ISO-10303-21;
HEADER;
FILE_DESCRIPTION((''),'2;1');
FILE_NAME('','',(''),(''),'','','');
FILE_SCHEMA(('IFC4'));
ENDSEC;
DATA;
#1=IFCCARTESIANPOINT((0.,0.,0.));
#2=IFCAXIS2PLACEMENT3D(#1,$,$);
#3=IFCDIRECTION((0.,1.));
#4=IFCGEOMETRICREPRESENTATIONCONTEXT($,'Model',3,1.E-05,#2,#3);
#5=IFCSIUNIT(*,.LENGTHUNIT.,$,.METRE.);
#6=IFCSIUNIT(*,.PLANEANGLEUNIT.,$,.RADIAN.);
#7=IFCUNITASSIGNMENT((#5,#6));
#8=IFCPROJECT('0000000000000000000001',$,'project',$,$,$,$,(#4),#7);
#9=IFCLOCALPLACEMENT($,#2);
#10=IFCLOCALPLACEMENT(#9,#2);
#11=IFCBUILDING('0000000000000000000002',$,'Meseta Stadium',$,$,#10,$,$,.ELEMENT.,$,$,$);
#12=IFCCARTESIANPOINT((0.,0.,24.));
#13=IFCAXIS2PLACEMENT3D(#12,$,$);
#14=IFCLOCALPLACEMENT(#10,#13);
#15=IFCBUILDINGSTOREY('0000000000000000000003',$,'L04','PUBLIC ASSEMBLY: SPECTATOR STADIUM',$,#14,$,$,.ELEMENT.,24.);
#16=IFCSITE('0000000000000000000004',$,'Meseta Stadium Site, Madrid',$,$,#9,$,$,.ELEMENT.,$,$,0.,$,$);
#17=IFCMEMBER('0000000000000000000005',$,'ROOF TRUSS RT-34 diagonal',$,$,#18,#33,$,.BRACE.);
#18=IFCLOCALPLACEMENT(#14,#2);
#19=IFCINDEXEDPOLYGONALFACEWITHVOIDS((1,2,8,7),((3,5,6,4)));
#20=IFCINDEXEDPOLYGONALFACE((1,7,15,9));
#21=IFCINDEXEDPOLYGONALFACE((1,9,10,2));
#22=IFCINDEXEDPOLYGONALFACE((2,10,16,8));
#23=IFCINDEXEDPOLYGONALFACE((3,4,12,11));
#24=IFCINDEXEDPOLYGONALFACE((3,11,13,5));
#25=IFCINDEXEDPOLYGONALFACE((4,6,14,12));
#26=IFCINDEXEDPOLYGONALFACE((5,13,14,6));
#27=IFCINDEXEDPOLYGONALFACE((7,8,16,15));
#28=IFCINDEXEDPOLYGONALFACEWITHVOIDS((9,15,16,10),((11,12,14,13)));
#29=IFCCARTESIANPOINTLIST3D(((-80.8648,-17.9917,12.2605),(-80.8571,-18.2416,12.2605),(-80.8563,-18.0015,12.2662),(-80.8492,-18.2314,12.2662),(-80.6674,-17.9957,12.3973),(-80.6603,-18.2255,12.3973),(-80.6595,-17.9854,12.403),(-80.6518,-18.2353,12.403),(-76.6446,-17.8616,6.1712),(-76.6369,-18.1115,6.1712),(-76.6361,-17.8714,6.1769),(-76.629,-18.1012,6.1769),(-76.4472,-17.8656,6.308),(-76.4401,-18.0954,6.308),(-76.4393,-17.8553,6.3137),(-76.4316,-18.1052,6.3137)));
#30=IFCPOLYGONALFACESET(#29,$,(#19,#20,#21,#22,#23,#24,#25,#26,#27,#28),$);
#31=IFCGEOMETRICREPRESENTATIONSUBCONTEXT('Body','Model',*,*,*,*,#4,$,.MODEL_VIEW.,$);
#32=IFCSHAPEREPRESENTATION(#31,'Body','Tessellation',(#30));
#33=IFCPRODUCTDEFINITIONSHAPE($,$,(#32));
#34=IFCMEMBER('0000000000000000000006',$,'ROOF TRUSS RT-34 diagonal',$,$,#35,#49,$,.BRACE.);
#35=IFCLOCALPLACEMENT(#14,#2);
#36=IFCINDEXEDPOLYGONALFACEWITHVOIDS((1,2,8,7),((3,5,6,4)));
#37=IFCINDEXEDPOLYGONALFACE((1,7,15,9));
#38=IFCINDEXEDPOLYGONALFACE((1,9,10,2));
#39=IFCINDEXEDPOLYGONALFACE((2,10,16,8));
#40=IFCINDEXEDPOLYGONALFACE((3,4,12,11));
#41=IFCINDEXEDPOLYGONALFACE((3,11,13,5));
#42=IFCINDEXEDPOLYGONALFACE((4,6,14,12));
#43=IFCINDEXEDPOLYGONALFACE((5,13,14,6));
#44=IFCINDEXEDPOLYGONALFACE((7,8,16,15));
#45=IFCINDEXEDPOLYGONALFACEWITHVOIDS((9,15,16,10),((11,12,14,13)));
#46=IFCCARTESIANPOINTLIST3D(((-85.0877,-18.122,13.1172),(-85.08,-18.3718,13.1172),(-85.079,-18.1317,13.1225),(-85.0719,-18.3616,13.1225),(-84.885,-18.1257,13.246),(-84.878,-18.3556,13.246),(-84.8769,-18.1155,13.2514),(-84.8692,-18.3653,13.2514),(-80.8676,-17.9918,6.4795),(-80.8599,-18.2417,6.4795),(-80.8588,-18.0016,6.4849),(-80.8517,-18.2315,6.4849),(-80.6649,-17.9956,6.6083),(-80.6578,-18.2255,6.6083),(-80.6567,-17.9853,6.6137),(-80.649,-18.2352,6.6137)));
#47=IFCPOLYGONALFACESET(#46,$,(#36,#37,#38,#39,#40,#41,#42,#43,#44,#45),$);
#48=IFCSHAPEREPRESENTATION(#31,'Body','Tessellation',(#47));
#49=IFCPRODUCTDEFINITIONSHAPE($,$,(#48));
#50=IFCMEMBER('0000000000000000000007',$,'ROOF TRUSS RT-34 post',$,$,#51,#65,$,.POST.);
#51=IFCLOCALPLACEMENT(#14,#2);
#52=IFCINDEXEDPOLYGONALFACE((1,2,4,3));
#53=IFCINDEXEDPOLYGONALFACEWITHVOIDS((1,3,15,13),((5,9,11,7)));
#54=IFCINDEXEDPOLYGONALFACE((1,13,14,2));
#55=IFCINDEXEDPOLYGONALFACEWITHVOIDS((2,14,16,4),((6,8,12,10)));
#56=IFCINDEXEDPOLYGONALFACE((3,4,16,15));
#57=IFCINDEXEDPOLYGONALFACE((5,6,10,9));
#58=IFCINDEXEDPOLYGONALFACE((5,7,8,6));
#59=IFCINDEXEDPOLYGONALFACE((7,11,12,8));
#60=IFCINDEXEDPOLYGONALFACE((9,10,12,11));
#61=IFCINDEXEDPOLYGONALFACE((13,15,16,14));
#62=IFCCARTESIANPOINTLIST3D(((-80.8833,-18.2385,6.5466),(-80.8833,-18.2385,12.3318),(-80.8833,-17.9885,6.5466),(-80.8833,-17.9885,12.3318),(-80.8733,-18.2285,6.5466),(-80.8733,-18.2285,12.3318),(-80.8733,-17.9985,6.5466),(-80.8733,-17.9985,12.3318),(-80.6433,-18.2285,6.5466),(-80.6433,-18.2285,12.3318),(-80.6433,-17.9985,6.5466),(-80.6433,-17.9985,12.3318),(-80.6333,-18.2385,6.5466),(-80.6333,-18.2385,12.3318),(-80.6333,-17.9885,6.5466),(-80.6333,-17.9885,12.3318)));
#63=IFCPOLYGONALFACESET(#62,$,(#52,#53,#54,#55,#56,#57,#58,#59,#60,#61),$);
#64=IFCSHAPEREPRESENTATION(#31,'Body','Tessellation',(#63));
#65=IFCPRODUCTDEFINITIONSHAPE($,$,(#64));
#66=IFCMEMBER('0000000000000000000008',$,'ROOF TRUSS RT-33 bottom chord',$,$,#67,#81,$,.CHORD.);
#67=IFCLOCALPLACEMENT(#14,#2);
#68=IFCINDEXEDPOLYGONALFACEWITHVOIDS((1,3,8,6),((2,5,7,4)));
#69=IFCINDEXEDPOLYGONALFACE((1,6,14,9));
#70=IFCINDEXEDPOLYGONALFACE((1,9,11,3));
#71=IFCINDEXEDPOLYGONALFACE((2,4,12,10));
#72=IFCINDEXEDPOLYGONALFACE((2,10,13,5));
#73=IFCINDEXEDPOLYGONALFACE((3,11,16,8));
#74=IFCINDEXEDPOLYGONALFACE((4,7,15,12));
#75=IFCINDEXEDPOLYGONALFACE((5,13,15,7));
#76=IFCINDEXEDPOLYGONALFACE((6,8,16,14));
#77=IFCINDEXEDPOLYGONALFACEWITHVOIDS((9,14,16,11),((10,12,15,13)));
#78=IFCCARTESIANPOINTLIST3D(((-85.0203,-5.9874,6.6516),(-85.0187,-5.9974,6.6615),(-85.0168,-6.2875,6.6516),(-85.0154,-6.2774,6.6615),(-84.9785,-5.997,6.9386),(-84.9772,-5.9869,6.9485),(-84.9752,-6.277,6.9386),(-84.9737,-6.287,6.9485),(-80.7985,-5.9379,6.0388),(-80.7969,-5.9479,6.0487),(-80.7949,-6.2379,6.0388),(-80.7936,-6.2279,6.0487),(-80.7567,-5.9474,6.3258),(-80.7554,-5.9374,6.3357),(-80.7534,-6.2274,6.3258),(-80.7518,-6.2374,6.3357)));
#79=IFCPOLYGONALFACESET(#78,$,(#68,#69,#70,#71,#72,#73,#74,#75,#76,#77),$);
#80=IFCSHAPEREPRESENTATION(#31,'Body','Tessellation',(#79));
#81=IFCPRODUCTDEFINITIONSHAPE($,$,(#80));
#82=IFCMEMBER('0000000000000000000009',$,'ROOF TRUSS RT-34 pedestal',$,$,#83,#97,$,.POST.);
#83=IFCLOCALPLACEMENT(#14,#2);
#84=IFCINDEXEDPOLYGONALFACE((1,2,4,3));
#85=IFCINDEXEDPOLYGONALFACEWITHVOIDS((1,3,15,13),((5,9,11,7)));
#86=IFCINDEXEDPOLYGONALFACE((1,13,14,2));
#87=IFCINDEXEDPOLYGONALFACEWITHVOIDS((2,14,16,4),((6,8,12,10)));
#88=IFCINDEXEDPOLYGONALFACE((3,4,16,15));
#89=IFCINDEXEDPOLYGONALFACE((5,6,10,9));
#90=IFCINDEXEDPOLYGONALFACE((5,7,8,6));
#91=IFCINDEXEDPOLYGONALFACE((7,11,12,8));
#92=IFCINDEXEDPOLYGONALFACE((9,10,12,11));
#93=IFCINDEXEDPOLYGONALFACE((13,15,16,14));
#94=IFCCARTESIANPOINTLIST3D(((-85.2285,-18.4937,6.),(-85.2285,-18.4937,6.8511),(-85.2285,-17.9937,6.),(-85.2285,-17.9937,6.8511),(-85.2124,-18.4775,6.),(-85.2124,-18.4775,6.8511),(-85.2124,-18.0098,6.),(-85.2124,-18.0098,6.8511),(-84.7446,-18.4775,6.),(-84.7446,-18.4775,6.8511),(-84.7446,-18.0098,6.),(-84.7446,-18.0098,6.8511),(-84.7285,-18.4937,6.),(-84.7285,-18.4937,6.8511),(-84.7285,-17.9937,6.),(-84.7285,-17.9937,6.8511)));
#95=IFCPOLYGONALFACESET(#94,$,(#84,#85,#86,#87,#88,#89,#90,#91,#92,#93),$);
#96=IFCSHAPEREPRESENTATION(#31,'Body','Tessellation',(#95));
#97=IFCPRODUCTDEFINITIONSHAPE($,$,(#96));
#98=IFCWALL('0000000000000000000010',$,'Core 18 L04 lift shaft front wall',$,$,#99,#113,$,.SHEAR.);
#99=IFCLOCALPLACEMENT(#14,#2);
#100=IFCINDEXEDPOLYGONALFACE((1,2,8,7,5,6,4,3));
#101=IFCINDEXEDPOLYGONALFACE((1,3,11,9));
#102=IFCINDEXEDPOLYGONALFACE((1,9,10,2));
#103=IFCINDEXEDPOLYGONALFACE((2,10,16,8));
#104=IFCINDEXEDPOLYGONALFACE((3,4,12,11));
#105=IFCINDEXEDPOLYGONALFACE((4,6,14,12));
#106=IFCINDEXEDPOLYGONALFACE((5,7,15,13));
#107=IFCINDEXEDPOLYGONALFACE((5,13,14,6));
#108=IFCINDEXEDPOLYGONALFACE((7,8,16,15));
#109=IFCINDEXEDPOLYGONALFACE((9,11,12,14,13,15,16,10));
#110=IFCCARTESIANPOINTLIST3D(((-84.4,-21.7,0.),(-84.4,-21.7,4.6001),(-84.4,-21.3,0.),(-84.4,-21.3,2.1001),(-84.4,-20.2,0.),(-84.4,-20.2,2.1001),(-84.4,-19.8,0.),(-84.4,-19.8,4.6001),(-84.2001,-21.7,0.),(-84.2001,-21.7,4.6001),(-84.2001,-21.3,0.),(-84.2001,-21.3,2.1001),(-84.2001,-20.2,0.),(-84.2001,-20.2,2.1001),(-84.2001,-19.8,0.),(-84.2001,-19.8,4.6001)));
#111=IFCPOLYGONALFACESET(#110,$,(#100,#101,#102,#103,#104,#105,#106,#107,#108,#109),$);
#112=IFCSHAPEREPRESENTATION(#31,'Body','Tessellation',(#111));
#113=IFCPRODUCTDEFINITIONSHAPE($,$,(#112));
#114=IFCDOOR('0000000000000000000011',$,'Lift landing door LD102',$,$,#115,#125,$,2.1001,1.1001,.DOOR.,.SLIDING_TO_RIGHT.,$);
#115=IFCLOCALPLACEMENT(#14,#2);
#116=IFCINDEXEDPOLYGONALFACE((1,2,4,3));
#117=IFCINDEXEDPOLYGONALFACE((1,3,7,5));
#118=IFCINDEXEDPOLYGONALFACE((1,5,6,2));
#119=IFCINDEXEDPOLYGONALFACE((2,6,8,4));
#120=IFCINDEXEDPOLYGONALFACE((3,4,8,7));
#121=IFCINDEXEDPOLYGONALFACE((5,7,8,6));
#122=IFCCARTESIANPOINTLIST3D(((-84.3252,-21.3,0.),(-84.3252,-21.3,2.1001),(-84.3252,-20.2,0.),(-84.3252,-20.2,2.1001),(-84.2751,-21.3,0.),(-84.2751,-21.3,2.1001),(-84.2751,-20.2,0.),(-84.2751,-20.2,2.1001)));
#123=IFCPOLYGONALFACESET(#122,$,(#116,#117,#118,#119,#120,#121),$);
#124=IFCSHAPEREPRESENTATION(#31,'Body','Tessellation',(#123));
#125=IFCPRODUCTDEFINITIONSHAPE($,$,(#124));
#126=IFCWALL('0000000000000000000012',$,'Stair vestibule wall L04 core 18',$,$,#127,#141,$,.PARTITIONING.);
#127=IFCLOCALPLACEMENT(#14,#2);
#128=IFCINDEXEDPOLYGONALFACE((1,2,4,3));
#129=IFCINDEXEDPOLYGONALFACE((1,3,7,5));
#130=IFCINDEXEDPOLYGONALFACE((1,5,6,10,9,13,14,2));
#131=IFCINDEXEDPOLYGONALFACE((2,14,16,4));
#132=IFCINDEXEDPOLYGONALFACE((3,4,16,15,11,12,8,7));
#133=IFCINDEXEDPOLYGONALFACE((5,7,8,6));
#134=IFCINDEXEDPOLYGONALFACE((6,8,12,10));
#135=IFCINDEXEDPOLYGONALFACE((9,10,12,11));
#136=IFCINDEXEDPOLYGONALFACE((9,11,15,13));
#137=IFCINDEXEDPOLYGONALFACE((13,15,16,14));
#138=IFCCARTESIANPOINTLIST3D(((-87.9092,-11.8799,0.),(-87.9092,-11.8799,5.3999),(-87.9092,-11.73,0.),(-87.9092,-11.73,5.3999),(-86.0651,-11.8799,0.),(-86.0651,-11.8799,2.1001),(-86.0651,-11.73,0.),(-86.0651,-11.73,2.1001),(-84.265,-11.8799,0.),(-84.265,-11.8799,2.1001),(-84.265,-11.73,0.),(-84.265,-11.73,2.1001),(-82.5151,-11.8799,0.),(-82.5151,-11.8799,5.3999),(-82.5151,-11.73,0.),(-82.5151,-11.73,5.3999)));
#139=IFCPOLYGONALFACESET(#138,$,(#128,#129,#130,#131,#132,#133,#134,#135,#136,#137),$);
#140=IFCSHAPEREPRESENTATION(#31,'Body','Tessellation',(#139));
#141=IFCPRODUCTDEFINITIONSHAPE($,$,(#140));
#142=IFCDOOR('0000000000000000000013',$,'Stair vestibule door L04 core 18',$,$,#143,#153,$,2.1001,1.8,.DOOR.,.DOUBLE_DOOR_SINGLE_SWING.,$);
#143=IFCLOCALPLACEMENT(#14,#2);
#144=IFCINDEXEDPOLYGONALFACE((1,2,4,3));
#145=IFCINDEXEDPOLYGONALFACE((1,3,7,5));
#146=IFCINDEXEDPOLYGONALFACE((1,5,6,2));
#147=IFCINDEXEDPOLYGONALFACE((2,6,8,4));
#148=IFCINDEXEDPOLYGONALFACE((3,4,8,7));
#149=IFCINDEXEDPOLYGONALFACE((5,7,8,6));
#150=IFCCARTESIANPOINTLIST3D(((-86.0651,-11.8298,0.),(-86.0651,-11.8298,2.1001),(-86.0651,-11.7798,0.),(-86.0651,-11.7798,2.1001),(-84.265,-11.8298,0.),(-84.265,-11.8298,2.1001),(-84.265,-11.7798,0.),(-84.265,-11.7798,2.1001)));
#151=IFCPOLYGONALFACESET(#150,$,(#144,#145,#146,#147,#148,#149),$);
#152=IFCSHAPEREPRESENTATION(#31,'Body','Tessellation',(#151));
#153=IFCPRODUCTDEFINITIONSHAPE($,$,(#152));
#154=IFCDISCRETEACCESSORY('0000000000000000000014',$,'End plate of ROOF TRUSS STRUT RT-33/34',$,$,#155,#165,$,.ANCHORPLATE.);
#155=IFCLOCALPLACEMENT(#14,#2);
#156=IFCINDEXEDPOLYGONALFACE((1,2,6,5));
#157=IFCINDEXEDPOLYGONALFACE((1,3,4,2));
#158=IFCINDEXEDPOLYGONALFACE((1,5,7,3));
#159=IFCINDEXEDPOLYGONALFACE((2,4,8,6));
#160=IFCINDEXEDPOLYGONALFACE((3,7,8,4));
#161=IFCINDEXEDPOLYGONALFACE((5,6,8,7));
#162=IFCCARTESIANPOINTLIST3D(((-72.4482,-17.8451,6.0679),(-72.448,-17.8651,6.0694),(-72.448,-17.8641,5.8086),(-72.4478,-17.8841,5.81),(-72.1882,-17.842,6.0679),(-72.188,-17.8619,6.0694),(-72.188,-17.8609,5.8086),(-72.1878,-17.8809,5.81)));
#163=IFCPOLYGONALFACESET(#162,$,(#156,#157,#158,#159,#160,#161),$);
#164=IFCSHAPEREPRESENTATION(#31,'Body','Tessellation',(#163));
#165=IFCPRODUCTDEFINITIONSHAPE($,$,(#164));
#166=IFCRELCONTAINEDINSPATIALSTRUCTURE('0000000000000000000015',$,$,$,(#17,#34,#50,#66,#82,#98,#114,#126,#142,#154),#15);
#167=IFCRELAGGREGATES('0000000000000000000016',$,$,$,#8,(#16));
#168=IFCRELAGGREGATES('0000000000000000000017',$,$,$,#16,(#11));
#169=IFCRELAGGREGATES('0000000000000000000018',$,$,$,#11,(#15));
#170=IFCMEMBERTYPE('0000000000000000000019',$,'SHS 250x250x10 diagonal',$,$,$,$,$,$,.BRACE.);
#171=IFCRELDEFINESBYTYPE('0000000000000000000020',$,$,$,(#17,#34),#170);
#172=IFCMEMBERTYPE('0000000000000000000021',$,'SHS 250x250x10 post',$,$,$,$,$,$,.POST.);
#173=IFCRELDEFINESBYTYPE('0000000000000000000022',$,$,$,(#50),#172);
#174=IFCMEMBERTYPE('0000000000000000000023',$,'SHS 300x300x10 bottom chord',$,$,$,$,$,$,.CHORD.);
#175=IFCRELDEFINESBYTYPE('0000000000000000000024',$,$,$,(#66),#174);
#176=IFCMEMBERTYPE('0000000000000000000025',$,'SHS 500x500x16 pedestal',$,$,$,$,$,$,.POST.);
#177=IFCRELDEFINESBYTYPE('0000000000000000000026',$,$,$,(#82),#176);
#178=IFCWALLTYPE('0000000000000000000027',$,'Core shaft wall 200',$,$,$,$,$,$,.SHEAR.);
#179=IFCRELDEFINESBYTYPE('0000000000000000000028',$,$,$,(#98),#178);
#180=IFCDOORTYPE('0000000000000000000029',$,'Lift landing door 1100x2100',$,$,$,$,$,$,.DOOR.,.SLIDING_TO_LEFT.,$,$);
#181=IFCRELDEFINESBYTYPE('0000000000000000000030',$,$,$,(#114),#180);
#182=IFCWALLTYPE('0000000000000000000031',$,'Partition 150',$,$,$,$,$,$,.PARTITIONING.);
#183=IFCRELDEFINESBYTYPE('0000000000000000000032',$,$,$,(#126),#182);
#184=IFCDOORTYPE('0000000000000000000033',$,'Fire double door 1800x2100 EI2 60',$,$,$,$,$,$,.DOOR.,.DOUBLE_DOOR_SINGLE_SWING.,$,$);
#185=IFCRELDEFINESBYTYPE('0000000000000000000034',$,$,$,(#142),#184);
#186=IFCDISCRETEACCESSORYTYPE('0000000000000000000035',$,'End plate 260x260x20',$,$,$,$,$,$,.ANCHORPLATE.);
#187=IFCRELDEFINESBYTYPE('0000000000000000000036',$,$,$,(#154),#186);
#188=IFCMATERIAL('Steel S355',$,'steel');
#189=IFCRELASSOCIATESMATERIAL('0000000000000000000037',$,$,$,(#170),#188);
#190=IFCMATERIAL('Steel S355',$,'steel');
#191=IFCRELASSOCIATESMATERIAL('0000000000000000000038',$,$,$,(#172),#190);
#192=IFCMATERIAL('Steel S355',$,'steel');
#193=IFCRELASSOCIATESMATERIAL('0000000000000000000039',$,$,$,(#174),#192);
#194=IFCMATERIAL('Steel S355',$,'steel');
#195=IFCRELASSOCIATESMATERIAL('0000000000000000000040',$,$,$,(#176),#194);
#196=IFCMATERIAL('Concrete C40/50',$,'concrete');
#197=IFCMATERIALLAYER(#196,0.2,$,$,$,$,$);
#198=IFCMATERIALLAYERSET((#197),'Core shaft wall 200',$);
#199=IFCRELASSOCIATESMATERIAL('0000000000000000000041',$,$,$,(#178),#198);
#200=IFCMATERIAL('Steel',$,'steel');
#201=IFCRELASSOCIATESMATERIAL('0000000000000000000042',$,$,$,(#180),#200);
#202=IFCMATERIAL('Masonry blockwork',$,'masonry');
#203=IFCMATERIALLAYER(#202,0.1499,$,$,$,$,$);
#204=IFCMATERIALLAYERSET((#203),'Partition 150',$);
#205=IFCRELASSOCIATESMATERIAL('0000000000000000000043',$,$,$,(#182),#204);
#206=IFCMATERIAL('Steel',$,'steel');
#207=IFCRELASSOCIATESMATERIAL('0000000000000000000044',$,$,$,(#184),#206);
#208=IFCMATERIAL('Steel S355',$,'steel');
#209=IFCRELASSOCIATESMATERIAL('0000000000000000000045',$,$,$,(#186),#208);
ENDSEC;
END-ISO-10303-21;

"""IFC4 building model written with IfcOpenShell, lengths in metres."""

from ifc_helpers import new_model, si_unit, direction, frame, frame_2d, origin, origin_2d, place, context, subcontext, project, spatial, rectangle, hollow_rectangle, extrude, material, layer, layer_set, material_profile, profile_set, type_object, element, fill, save


model = new_model("IFC4")

# Units and contexts
model_context = context("Model", 3, precision=1e-05, world=origin(), true_north=direction((0.0, 1.0)))
body_context = subcontext(model_context, "Body", "Model", "MODEL_VIEW")
ifc_project = project(units=[si_unit("LENGTHUNIT", "METRE"), si_unit("PLANEANGLEUNIT", "RADIAN")], contexts=[model_context])

# Site, building, storey
site_placement = place(None, origin())
site = spatial("IfcSite", under=ifc_project, at=site_placement, Name="Meseta Stadium Site, Madrid", CompositionType="ELEMENT", RefElevation=0.0)
building_placement = place(site_placement, origin())
building = spatial("IfcBuilding", under=site, at=building_placement, Name="Meseta Stadium", CompositionType="ELEMENT")
storey_placement = place(building_placement, frame((0.0, 0.0, 24.0)))
storey = spatial("IfcBuildingStorey", under=building, at=storey_placement, Name="L04", Description="PUBLIC ASSEMBLY: SPECTATOR STADIUM", CompositionType="ELEMENT", Elevation=24.0)

# Members
ifc_material_1 = material(Name="Steel S355", Category="steel")
ifc_material_profile_1 = material_profile(ifc_material_1, hollow_rectangle(XDim=0.25, YDim=0.25, WallThickness=0.01, at=origin_2d()), Name="SHS 250x250x10")
ifc_profile_set_1 = profile_set([ifc_material_profile_1], Name="Steel S355")
member_type_1 = type_object("IfcMemberType", Name="SHS 250x250x10 diagonal", PredefinedType="BRACE", material=ifc_profile_set_1)
member_1_placement = place(storey_placement, frame((-76.5381, -17.9834, 6.2424), z_axis=(-0.569533, -0.017561, 0.821781), x_axis=(0.03082, -0.999525, 0.0)))
element("IfcMember", 1, at=member_1_placement, inside=storey, type_object=member_type_1, Name="ROOF TRUSS RT-34 diagonal", PredefinedType="BRACE", context=body_context, shape_type="SweptSolid", body=[
    extrude(hollow_rectangle(XDim=0.25, YDim=0.25, WallThickness=0.01, at=origin_2d()), origin(), (0.0, 0.0, 1.0), 7.4099),
])
member_2_placement = place(storey_placement, frame((-80.7583, -18.1135, 6.5466), z_axis=(-0.536461, -0.016541, 0.843763), x_axis=(0.03082, -0.999525, 0.0)))
element("IfcMember", 2, at=member_2_placement, inside=storey, type_object=member_type_1, Name="ROOF TRUSS RT-34 diagonal", PredefinedType="BRACE", context=body_context, shape_type="SweptSolid", body=[
    extrude(hollow_rectangle(XDim=0.25, YDim=0.25, WallThickness=0.01, at=origin_2d()), origin(), (0.0, 0.0, 1.0), 7.8667),
])
ifc_material_2 = material(Name="Steel S355", Category="steel")
ifc_material_profile_2 = material_profile(ifc_material_2, hollow_rectangle(XDim=0.25, YDim=0.25, WallThickness=0.01, at=origin_2d()), Name="SHS 250x250x10")
ifc_profile_set_2 = profile_set([ifc_material_profile_2], Name="Steel S355")
member_type_2 = type_object("IfcMemberType", Name="SHS 250x250x10 post", PredefinedType="POST", material=ifc_profile_set_2)
member_3_placement = place(storey_placement, frame((-80.7583, -18.1135, 6.5466), z_axis=(0.0, 0.0, 1.0), x_axis=(1.0, 0.0, 0.0)))
element("IfcMember", 3, at=member_3_placement, inside=storey, type_object=member_type_2, Name="ROOF TRUSS RT-34 post", PredefinedType="POST", context=body_context, shape_type="SweptSolid", body=[
    extrude(hollow_rectangle(XDim=0.25, YDim=0.25, WallThickness=0.01, at=origin_2d()), origin(), (0.0, 0.0, 1.0), 5.7852),
])
ifc_material_3 = material(Name="Steel S355", Category="steel")
ifc_material_profile_3 = material_profile(ifc_material_3, hollow_rectangle(XDim=0.3, YDim=0.3, WallThickness=0.01, at=origin_2d()), Name="SHS 300x300x10")
ifc_profile_set_3 = profile_set([ifc_material_profile_3], Name="Steel S355")
member_type_3 = type_object("IfcMemberType", Name="SHS 300x300x10 bottom chord", PredefinedType="CHORD", material=ifc_profile_set_3)
member_4_placement = place(storey_placement, frame((-80.7751, -6.0876, 6.1873), z_axis=(-0.989563, -0.011616, 0.143631), x_axis=(0.011738, -0.999931, 0.0)))
element("IfcMember", 4, at=member_4_placement, inside=storey, type_object=member_type_3, Name="ROOF TRUSS RT-33 bottom chord", PredefinedType="CHORD", context=body_context, shape_type="SweptSolid", body=[
    extrude(hollow_rectangle(XDim=0.3, YDim=0.3, WallThickness=0.01, at=origin_2d()), origin(), (0.0, 0.0, 1.0), 4.2664),
])
ifc_material_4 = material(Name="Steel S355", Category="steel")
ifc_material_profile_4 = material_profile(ifc_material_4, hollow_rectangle(XDim=0.5, YDim=0.5, WallThickness=0.0161, at=origin_2d()), Name="SHS 500x500x16")
ifc_profile_set_4 = profile_set([ifc_material_profile_4], Name="Steel S355")
member_type_4 = type_object("IfcMemberType", Name="SHS 500x500x16 pedestal", PredefinedType="POST", material=ifc_profile_set_4)
member_5_placement = place(storey_placement, frame((-84.9785, -18.2437, 6.0), z_axis=(0.0, 0.0, 1.0), x_axis=(1.0, 0.0, 0.0)))
element("IfcMember", 5, at=member_5_placement, inside=storey, type_object=member_type_4, Name="ROOF TRUSS RT-34 pedestal", PredefinedType="POST", context=body_context, shape_type="SweptSolid", body=[
    extrude(hollow_rectangle(XDim=0.5, YDim=0.5, WallThickness=0.0161, at=origin_2d()), origin(), (0.0, 0.0, 1.0), 0.8511),
])

# Walls, openings, doors
ifc_material_5 = material(Name="Concrete C40/50", Category="concrete")
ifc_layer_1 = layer(ifc_material_5, 0.2)
ifc_layer_set_1 = layer_set([ifc_layer_1], Name="Core shaft wall 200")
wall_type_1 = type_object("IfcWallType", Name="Core shaft wall 200", PredefinedType="SHEAR", material=ifc_layer_set_1)
wall_1_placement = place(storey_placement, frame((-84.3, -19.8, 0.0), z_axis=(0.0, 0.0, 1.0), x_axis=(0.0, -1.0, 0.0)))
wall_1 = element("IfcWall", 6, at=wall_1_placement, inside=storey, type_object=wall_type_1, Name="Core 18 L04 lift shaft front wall", PredefinedType="SHEAR", context=body_context, shape_type="SweptSolid", body=[
    extrude(rectangle(XDim=1.8999, YDim=0.2, at=frame_2d((0.95, 0.0))), origin(), (0.0, 0.0, 1.0), 4.6001),
])
opening_1_placement = place(wall_1_placement, frame((0.3999, 0.0, 0.0)))
opening_1 = element("IfcOpeningElement", 7, at=opening_1_placement, cuts=wall_1, PredefinedType="OPENING", context=body_context, shape_type="SweptSolid", body=[
    extrude(rectangle(XDim=1.1001, YDim=2.1001, at=frame_2d((0.55, 1.05))), frame((0.0, 0.1099, 0.0), z_axis=(0.0, -1.0, 0.0), x_axis=(1.0, 0.0, 0.0)), (0.0, 0.0, 1.0), 0.22),
])
ifc_material_6 = material(Name="Steel", Category="steel")
door_type_1 = type_object("IfcDoorType", Name="Lift landing door 1100x2100", OperationType="SLIDING_TO_LEFT", PredefinedType="DOOR", material=ifc_material_6)
door_1_placement = place(opening_1_placement, origin())
door_1 = element("IfcDoor", 8, at=door_1_placement, inside=storey, type_object=door_type_1, Name="Lift landing door LD102", OperationType="SLIDING_TO_RIGHT", OverallHeight=2.1001, OverallWidth=1.1001, PredefinedType="DOOR", context=body_context, shape_type="SweptSolid", body=[
    extrude(rectangle(XDim=1.1001, YDim=2.1001, at=frame_2d((0.55, 1.05))), frame((0.0, 0.0249, 0.0), z_axis=(0.0, -1.0, 0.0), x_axis=(1.0, 0.0, 0.0)), (0.0, 0.0, 1.0), 0.05),
])
fill(opening_1, door_1)
ifc_material_7 = material(Name="Masonry blockwork", Category="masonry")
ifc_layer_2 = layer(ifc_material_7, 0.1499)
ifc_layer_set_2 = layer_set([ifc_layer_2], Name="Partition 150")
wall_type_2 = type_object("IfcWallType", Name="Partition 150", PredefinedType="PARTITIONING", material=ifc_layer_set_2)
wall_2_placement = place(storey_placement, frame((-82.5151, -11.8049, 0.0), z_axis=(0.0, 0.0, 1.0), x_axis=(-1.0, 0.0, 0.0)))
wall_2 = element("IfcWall", 9, at=wall_2_placement, inside=storey, type_object=wall_type_2, Name="Stair vestibule wall L04 core 18", PredefinedType="PARTITIONING", context=body_context, shape_type="SweptSolid", body=[
    extrude(rectangle(XDim=5.394, YDim=0.1499, at=frame_2d((2.697, 0.0))), origin(), (0.0, 0.0, 1.0), 5.3999),
])
opening_2_placement = place(wall_2_placement, frame((1.75, 0.0, 0.0)))
opening_2 = element("IfcOpeningElement", 10, at=opening_2_placement, cuts=wall_2, PredefinedType="OPENING", context=body_context, shape_type="SweptSolid", body=[
    extrude(rectangle(XDim=1.8, YDim=2.1001, at=frame_2d((0.8999, 1.05))), frame((0.0, 0.085, 0.0), z_axis=(0.0, -1.0, 0.0), x_axis=(1.0, 0.0, 0.0)), (0.0, 0.0, 1.0), 0.1699),
])
ifc_material_8 = material(Name="Steel", Category="steel")
door_type_2 = type_object("IfcDoorType", Name="Fire double door 1800x2100 EI2 60", OperationType="DOUBLE_DOOR_SINGLE_SWING", PredefinedType="DOOR", material=ifc_material_8)
door_2_placement = place(opening_2_placement, origin())
door_2 = element("IfcDoor", 11, at=door_2_placement, inside=storey, type_object=door_type_2, Name="Stair vestibule door L04 core 18", OperationType="DOUBLE_DOOR_SINGLE_SWING", OverallHeight=2.1001, OverallWidth=1.8, PredefinedType="DOOR", context=body_context, shape_type="SweptSolid", body=[
    extrude(rectangle(XDim=1.8, YDim=2.1001, at=frame_2d((0.8999, 1.05))), frame((0.0, 0.0249, 0.0), z_axis=(0.0, -1.0, 0.0), x_axis=(1.0, 0.0, 0.0)), (0.0, 0.0, 1.0), 0.05),
])
fill(opening_2, door_2)

# Discrete accessory
ifc_material_9 = material(Name="Steel S355", Category="steel")
ifc_material_profile_5 = material_profile(ifc_material_9, rectangle(XDim=0.26, YDim=0.26, at=origin_2d()), Name="PL 260x260")
ifc_profile_set_5 = profile_set([ifc_material_profile_5], Name="Steel S355")
discrete_accessory_type_1 = type_object("IfcDiscreteAccessoryType", Name="End plate 260x260x20", PredefinedType="ANCHORPLATE", material=ifc_profile_set_5)
for number, where, z_axis, x_axis, name in (
    (12, (-72.3181, -17.853, 5.9382), (0.012162, -0.99726, 0.07297), (0.999926, 0.012194, 0.0), "End plate of ROOF TRUSS STRUT RT-33/34"),
):
    element("IfcDiscreteAccessory", number, at=place(storey_placement, frame(where, z_axis=z_axis, x_axis=x_axis)), inside=storey, type_object=discrete_accessory_type_1, Name=name, PredefinedType="ANCHORPLATE", context=body_context, shape_type="SweptSolid", body=[
        extrude(rectangle(XDim=0.26, YDim=0.26, at=origin_2d()), origin(), (0.0, 0.0, 1.0), 0.02),
    ])

save(model, "model.ifc")
